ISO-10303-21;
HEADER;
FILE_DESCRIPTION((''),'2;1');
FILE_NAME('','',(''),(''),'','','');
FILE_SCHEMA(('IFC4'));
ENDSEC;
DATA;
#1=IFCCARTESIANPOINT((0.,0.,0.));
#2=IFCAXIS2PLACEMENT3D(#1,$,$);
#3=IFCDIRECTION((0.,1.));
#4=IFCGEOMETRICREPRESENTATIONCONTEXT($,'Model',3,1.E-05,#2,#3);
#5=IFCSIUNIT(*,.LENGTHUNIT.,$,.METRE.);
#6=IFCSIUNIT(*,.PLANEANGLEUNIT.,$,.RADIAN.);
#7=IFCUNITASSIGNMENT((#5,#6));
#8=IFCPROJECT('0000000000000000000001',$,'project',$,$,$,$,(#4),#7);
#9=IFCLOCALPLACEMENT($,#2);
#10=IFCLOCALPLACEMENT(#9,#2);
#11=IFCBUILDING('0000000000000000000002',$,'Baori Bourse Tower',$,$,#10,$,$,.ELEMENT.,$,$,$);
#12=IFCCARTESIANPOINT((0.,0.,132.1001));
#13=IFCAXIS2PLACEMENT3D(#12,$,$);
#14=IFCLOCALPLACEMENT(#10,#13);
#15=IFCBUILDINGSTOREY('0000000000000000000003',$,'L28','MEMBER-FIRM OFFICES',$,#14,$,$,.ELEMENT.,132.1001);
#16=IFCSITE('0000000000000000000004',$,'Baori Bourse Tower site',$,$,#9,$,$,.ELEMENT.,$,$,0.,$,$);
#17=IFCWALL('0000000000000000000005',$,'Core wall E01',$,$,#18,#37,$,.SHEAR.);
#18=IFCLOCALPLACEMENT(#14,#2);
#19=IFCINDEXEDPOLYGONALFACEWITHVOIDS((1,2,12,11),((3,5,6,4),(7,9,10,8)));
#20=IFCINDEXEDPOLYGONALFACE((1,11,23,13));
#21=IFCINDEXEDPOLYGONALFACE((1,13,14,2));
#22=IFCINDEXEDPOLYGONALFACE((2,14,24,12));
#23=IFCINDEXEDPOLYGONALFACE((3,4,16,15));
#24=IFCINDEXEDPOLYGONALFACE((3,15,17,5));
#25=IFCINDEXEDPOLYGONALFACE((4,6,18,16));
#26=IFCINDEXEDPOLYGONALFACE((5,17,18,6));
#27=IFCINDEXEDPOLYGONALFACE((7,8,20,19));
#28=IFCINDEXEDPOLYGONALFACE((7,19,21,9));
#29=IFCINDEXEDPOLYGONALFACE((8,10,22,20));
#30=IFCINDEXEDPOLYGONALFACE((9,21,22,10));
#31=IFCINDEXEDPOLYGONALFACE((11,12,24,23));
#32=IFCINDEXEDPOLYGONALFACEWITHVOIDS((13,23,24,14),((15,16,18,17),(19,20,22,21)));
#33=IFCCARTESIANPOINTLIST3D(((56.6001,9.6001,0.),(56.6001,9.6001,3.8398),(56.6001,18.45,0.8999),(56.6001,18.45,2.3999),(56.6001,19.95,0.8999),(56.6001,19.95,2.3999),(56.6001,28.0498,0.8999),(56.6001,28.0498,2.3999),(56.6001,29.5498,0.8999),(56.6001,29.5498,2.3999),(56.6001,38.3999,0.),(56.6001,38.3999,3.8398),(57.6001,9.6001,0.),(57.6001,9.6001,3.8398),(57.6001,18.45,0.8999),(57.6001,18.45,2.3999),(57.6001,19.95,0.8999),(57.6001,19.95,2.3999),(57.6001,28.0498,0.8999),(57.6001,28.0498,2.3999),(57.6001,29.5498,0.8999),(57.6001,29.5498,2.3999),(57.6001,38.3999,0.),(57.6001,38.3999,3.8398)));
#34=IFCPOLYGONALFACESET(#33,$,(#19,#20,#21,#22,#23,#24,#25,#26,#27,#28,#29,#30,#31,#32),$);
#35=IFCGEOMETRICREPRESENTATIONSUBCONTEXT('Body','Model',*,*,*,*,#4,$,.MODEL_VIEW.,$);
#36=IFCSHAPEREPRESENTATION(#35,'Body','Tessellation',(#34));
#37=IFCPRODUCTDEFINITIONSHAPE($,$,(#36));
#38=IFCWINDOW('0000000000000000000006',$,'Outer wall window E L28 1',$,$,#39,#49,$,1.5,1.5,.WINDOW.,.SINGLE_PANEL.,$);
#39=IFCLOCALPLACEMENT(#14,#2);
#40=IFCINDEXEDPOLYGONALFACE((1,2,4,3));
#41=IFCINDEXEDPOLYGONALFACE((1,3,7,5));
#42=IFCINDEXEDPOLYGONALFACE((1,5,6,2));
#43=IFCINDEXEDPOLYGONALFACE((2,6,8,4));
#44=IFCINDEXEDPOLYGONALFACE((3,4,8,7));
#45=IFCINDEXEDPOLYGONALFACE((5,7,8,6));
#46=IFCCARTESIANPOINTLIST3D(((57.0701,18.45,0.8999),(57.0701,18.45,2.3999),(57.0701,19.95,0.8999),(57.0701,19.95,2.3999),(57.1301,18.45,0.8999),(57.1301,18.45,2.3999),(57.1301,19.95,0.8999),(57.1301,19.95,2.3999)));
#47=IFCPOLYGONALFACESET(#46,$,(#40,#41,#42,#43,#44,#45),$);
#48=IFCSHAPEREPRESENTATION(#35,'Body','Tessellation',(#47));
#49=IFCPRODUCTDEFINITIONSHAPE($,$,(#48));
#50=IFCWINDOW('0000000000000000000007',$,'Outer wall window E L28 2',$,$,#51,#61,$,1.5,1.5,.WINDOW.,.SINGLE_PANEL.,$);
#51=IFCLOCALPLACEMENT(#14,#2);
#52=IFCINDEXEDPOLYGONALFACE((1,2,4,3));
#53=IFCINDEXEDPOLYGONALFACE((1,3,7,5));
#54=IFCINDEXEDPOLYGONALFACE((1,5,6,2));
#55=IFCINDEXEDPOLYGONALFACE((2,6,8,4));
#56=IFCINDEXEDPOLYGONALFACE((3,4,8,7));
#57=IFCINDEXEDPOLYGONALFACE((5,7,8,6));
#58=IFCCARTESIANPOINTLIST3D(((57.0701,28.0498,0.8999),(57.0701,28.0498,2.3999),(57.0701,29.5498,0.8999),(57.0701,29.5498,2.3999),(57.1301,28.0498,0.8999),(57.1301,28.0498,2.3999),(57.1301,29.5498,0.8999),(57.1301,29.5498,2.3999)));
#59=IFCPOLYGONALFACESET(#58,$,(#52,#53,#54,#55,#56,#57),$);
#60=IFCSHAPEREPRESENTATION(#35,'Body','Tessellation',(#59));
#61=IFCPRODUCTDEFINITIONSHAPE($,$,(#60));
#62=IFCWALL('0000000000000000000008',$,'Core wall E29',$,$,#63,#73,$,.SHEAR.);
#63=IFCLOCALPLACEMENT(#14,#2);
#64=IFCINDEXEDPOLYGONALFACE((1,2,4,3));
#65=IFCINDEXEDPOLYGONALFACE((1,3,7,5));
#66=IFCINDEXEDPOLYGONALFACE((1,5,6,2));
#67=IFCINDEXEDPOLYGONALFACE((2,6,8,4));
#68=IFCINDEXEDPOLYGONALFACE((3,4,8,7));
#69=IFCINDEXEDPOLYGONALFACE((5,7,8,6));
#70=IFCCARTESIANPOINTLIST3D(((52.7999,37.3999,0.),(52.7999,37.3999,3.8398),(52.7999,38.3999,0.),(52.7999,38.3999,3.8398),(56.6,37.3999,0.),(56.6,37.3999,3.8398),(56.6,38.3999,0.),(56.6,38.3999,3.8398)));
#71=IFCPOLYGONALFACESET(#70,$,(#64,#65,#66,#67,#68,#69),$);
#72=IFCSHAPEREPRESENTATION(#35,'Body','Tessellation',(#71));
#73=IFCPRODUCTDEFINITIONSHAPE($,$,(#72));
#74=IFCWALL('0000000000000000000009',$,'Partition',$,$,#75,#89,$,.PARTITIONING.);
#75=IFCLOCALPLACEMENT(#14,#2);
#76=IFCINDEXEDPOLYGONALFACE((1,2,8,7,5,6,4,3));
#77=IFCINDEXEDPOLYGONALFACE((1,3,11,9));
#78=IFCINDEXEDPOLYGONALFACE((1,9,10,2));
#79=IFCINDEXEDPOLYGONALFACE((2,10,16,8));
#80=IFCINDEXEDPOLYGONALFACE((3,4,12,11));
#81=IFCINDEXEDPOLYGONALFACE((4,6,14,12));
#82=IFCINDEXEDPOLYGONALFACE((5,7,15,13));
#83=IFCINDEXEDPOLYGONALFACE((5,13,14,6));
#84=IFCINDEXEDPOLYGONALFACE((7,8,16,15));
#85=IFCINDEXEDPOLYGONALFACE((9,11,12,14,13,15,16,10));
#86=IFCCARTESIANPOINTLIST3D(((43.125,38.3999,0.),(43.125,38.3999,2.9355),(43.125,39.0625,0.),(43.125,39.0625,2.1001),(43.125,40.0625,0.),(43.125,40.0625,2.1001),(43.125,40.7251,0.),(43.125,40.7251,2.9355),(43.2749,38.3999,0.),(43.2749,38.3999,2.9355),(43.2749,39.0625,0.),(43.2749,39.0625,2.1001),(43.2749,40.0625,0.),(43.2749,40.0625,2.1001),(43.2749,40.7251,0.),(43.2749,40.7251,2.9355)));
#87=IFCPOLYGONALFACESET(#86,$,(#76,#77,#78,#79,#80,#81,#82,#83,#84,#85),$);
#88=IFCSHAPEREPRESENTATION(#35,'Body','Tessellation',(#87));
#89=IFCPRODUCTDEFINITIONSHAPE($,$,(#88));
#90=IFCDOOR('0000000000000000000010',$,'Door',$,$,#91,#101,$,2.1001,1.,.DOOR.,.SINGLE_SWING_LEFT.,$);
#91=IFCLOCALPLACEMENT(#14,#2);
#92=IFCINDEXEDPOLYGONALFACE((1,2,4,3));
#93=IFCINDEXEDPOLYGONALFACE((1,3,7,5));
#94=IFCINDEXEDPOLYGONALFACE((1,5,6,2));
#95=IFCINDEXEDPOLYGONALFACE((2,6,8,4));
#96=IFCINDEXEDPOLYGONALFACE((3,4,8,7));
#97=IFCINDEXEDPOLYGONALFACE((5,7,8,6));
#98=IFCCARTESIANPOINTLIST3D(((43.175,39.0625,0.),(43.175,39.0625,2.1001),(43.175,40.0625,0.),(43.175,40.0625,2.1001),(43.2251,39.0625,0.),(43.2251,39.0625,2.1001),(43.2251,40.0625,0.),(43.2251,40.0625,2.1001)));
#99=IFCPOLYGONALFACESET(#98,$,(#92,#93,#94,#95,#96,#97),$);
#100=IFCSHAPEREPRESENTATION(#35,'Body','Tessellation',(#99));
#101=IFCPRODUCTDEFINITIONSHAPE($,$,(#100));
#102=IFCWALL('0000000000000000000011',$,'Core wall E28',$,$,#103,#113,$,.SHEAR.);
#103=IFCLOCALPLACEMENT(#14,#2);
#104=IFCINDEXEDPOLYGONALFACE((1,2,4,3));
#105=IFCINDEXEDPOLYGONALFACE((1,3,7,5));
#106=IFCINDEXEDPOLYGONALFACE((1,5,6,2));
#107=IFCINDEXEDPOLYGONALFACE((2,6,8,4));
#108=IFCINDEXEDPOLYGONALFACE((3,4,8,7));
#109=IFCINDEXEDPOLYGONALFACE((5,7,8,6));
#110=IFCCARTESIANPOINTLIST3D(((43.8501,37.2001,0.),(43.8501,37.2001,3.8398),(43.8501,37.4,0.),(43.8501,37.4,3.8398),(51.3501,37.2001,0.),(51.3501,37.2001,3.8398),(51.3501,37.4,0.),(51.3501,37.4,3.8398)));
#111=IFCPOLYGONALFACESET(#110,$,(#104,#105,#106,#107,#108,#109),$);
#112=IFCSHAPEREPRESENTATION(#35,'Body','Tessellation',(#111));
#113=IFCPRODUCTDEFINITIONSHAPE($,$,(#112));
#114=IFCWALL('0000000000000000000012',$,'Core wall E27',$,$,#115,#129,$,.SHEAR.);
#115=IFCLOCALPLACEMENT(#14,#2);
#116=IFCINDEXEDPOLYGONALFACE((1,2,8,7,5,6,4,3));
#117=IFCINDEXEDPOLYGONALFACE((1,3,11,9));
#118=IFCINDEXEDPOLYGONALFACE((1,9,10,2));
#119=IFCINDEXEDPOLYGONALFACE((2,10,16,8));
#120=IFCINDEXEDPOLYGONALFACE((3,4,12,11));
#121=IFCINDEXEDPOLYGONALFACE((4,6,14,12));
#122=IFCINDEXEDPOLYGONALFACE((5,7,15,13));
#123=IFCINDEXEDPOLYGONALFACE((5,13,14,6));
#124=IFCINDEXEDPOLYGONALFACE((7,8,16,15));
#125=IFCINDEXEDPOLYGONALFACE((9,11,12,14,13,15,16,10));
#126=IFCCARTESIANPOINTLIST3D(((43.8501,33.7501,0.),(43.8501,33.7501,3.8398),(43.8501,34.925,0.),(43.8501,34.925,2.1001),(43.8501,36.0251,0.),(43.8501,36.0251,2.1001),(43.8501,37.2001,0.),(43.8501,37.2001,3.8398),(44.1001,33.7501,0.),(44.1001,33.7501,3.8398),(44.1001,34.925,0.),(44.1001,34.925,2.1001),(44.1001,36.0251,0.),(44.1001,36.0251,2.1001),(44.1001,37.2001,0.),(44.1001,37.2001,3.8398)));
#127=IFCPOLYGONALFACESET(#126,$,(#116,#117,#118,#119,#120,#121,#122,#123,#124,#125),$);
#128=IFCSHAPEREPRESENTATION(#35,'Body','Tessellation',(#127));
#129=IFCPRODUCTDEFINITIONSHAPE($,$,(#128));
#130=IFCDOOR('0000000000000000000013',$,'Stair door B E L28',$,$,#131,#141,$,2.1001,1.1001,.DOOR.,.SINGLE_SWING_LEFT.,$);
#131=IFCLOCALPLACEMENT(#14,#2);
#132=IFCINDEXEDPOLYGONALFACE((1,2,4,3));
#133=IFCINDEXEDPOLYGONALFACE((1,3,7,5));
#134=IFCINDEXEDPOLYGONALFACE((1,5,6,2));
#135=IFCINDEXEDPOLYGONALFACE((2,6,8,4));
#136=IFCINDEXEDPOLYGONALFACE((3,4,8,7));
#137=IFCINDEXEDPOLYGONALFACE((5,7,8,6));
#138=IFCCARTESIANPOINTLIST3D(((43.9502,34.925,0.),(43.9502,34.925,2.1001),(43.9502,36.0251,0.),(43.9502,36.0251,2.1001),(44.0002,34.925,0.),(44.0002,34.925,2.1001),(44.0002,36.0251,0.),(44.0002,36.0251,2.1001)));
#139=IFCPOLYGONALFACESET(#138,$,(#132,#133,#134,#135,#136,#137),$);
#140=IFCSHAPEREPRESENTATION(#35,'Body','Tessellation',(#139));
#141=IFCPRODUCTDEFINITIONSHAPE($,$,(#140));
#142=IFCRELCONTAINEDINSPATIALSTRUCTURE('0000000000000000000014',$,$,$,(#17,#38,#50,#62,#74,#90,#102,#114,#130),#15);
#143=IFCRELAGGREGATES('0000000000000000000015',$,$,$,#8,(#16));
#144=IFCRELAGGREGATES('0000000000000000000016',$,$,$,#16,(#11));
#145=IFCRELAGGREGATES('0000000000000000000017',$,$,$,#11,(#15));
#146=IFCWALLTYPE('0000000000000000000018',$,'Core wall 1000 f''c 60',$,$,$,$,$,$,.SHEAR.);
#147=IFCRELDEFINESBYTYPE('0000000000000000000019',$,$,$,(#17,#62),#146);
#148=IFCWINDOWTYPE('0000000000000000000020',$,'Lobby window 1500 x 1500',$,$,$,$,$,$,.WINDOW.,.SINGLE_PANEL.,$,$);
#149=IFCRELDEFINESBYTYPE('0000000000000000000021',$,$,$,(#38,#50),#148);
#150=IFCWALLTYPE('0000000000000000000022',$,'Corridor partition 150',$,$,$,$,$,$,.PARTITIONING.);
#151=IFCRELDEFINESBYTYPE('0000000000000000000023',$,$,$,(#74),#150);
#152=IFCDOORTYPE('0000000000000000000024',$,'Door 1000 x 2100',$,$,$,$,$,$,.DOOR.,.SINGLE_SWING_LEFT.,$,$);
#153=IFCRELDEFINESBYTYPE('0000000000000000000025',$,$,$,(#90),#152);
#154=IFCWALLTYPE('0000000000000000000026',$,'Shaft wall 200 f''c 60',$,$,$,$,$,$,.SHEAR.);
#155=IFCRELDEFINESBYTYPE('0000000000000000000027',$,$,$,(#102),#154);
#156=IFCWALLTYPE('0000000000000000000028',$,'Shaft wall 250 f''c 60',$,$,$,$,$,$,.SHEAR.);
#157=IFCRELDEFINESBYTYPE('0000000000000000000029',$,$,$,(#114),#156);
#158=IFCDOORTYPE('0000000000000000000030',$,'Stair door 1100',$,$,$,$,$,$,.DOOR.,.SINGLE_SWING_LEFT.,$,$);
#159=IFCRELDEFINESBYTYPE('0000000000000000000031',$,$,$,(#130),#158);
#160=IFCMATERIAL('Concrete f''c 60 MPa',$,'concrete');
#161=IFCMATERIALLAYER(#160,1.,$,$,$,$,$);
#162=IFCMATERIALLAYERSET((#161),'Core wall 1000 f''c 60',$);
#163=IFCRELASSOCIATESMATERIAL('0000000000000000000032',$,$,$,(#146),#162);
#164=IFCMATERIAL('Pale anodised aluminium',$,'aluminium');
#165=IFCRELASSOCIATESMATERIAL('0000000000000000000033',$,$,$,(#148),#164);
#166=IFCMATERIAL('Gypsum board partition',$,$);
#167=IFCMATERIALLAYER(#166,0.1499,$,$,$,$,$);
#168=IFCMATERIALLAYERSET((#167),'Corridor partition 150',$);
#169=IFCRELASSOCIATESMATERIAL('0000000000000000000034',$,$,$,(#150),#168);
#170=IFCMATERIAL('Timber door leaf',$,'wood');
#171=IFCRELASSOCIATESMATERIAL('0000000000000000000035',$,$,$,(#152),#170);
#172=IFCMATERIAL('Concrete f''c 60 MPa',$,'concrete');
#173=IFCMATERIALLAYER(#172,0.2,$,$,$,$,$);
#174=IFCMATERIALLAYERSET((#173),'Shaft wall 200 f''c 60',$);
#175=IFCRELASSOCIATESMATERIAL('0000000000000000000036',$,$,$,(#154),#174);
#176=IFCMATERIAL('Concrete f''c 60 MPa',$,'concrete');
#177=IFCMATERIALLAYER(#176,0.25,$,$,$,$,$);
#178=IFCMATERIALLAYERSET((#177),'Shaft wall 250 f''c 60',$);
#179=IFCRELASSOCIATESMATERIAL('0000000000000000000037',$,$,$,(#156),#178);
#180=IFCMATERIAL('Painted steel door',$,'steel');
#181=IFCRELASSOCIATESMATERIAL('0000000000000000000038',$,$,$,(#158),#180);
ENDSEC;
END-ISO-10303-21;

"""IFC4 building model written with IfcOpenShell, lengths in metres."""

from ifc_helpers import new_model, si_unit, direction, frame, frame_2d, origin, place, context, subcontext, project, spatial, rectangle, extrude, material, layer, layer_set, type_object, element, fill, save


model = new_model("IFC4")

# Units and contexts
model_context = context("Model", 3, precision=1e-05, world=origin(), true_north=direction((0.0, 1.0)))
body_context = subcontext(model_context, "Body", "Model", "MODEL_VIEW")
ifc_project = project(units=[si_unit("LENGTHUNIT", "METRE"), si_unit("PLANEANGLEUNIT", "RADIAN")], contexts=[model_context])

# Site, building, storey
site_placement = place(None, origin())
site = spatial("IfcSite", under=ifc_project, at=site_placement, Name="Baori Bourse Tower site", CompositionType="ELEMENT", RefElevation=0.0)
building_placement = place(site_placement, origin())
building = spatial("IfcBuilding", under=site, at=building_placement, Name="Baori Bourse Tower", CompositionType="ELEMENT")
storey_placement = place(building_placement, frame((0.0, 0.0, 132.1001)))
storey = spatial("IfcBuildingStorey", under=building, at=storey_placement, Name="L28", Description="MEMBER-FIRM OFFICES", CompositionType="ELEMENT", Elevation=132.1001)

# Wall, openings, windows
ifc_material_1 = material(Name="Concrete f'c 60 MPa", Category="concrete")
ifc_layer_1 = layer(ifc_material_1, 1.0)
ifc_layer_set_1 = layer_set([ifc_layer_1], Name="Core wall 1000 f'c 60")
wall_type_1 = type_object("IfcWallType", Name="Core wall 1000 f'c 60", PredefinedType="SHEAR", material=ifc_layer_set_1)
wall_1_placement = place(storey_placement, frame((57.1001, 38.3999, 0.0), z_axis=(0.0, 0.0, 1.0), x_axis=(0.0, -1.0, 0.0)))
wall_1 = element("IfcWall", 1, at=wall_1_placement, inside=storey, type_object=wall_type_1, Name="Core wall E01", PredefinedType="SHEAR", context=body_context, shape_type="SweptSolid", body=[
    extrude(rectangle(XDim=28.7998, YDim=1.0, at=frame_2d((14.3999, 0.0))), origin(), (0.0, 0.0, 1.0), 3.8398),
])
opening_1_placement = place(wall_1_placement, frame((18.45, 0.0, 0.8999)))
opening_1 = element("IfcOpeningElement", 2, at=opening_1_placement, cuts=wall_1, PredefinedType="OPENING", context=body_context, shape_type="SweptSolid", body=[
    extrude(rectangle(XDim=1.5, YDim=1.5, at=frame_2d((0.75, 0.75))), frame((0.0, 0.51, 0.0), z_axis=(0.0, -1.0, 0.0), x_axis=(1.0, 0.0, 0.0)), (0.0, 0.0, 1.0), 1.02),
])
opening_2_placement = place(wall_1_placement, frame((8.8501, 0.0, 0.8999)))
opening_2 = element("IfcOpeningElement", 3, at=opening_2_placement, cuts=wall_1, PredefinedType="OPENING", context=body_context, shape_type="SweptSolid", body=[
    extrude(rectangle(XDim=1.5, YDim=1.5, at=frame_2d((0.75, 0.75))), frame((0.0, 0.51, 0.0), z_axis=(0.0, -1.0, 0.0), x_axis=(1.0, 0.0, 0.0)), (0.0, 0.0, 1.0), 1.02),
])
ifc_material_2 = material(Name="Pale anodised aluminium", Category="aluminium")
window_type = type_object("IfcWindowType", Name="Lobby window 1500 x 1500", PartitioningType="SINGLE_PANEL", PredefinedType="WINDOW", material=ifc_material_2)
window_1_placement = place(opening_1_placement, origin())
window_1 = element("IfcWindow", 4, at=window_1_placement, inside=storey, type_object=window_type, Name="Outer wall window E L28 1", OverallHeight=1.5, OverallWidth=1.5, PartitioningType="SINGLE_PANEL", PredefinedType="WINDOW", context=body_context, shape_type="SweptSolid", body=[
    extrude(rectangle(XDim=1.5, YDim=1.5, at=frame_2d((0.75, 0.75))), frame((0.0, 0.03, 0.0), z_axis=(0.0, -1.0, 0.0), x_axis=(1.0, 0.0, 0.0)), (0.0, 0.0, 1.0), 0.0601),
])
fill(opening_1, window_1)
window_2_placement = place(opening_2_placement, origin())
window_2 = element("IfcWindow", 5, at=window_2_placement, inside=storey, type_object=window_type, Name="Outer wall window E L28 2", OverallHeight=1.5, OverallWidth=1.5, PartitioningType="SINGLE_PANEL", PredefinedType="WINDOW", context=body_context, shape_type="SweptSolid", body=[
    extrude(rectangle(XDim=1.5, YDim=1.5, at=frame_2d((0.75, 0.75))), frame((0.0, 0.03, 0.0), z_axis=(0.0, -1.0, 0.0), x_axis=(1.0, 0.0, 0.0)), (0.0, 0.0, 1.0), 0.0601),
])
fill(opening_2, window_2)

# Wall
wall_2_placement = place(storey_placement, frame((52.8, 37.8999, 0.0), z_axis=(0.0, 0.0, 1.0), x_axis=(1.0, 0.0, 0.0)))
element("IfcWall", 6, at=wall_2_placement, inside=storey, type_object=wall_type_1, Name="Core wall E29", PredefinedType="SHEAR", context=body_context, shape_type="SweptSolid", body=[
    extrude(rectangle(XDim=3.8, YDim=1.0, at=frame_2d((1.8999, 0.0))), origin(), (0.0, 0.0, 1.0), 3.8398),
])

# Wall, opening, door
ifc_material_3 = material(Name="Gypsum board partition")
ifc_layer_2 = layer(ifc_material_3, 0.1499)
ifc_layer_set_2 = layer_set([ifc_layer_2], Name="Corridor partition 150")
wall_type_2 = type_object("IfcWallType", Name="Corridor partition 150", PredefinedType="PARTITIONING", material=ifc_layer_set_2)
wall_3_placement = place(storey_placement, frame((43.2, 38.3999, 0.0), z_axis=(0.0, 0.0, 1.0), x_axis=(0.0, 1.0, 0.0)))
wall_3 = element("IfcWall", 7, at=wall_3_placement, inside=storey, type_object=wall_type_2, Name="Partition", PredefinedType="PARTITIONING", context=body_context, shape_type="SweptSolid", body=[
    extrude(rectangle(XDim=2.3252, YDim=0.1499, at=frame_2d((1.1626, 0.0))), origin(), (0.0, 0.0, 1.0), 2.9355),
])
opening_3_placement = place(wall_3_placement, frame((0.6626, 0.0, 0.0)))
opening_3 = element("IfcOpeningElement", 8, at=opening_3_placement, cuts=wall_3, PredefinedType="OPENING", context=body_context, shape_type="SweptSolid", body=[
    extrude(rectangle(XDim=1.0, YDim=2.1001, at=frame_2d((0.5, 1.05))), frame((0.0, 0.085, 0.0), z_axis=(0.0, -1.0, 0.0), x_axis=(1.0, 0.0, 0.0)), (0.0, 0.0, 1.0), 0.1699),
])
ifc_material_4 = material(Name="Timber door leaf", Category="wood")
door_type_1 = type_object("IfcDoorType", Name="Door 1000 x 2100", OperationType="SINGLE_SWING_LEFT", PredefinedType="DOOR", material=ifc_material_4)
door_1_placement = place(opening_3_placement, origin())
door_1 = element("IfcDoor", 9, at=door_1_placement, inside=storey, type_object=door_type_1, Name="Door", OperationType="SINGLE_SWING_LEFT", OverallHeight=2.1001, OverallWidth=1.0, PredefinedType="DOOR", context=body_context, shape_type="SweptSolid", body=[
    extrude(rectangle(XDim=1.0, YDim=2.1001, at=frame_2d((0.5, 1.05))), frame((0.0, 0.0249, 0.0), z_axis=(0.0, -1.0, 0.0), x_axis=(1.0, 0.0, 0.0)), (0.0, 0.0, 1.0), 0.05),
])
fill(opening_3, door_1)

# Wall
ifc_material_5 = material(Name="Concrete f'c 60 MPa", Category="concrete")
ifc_layer_3 = layer(ifc_material_5, 0.2)
ifc_layer_set_3 = layer_set([ifc_layer_3], Name="Shaft wall 200 f'c 60")
wall_type_3 = type_object("IfcWallType", Name="Shaft wall 200 f'c 60", PredefinedType="SHEAR", material=ifc_layer_set_3)
wall_4_placement = place(storey_placement, frame((43.8501, 37.3, 0.0), z_axis=(0.0, 0.0, 1.0), x_axis=(1.0, 0.0, 0.0)))
element("IfcWall", 10, at=wall_4_placement, inside=storey, type_object=wall_type_3, Name="Core wall E28", PredefinedType="SHEAR", context=body_context, shape_type="SweptSolid", body=[
    extrude(rectangle(XDim=7.5, YDim=0.2, at=frame_2d((3.75, 0.0))), origin(), (0.0, 0.0, 1.0), 3.8398),
])

# Wall, opening, door
ifc_material_6 = material(Name="Concrete f'c 60 MPa", Category="concrete")
ifc_layer_4 = layer(ifc_material_6, 0.25)
ifc_layer_set_4 = layer_set([ifc_layer_4], Name="Shaft wall 250 f'c 60")
wall_type_4 = type_object("IfcWallType", Name="Shaft wall 250 f'c 60", PredefinedType="SHEAR", material=ifc_layer_set_4)
wall_5_placement = place(storey_placement, frame((43.9751, 33.75, 0.0), z_axis=(0.0, 0.0, 1.0), x_axis=(0.0, 1.0, 0.0)))
wall_5 = element("IfcWall", 11, at=wall_5_placement, inside=storey, type_object=wall_type_4, Name="Core wall E27", PredefinedType="SHEAR", context=body_context, shape_type="SweptSolid", body=[
    extrude(rectangle(XDim=3.45, YDim=0.25, at=frame_2d((1.7251, 0.0))), origin(), (0.0, 0.0, 1.0), 3.8398),
])
opening_4_placement = place(wall_5_placement, frame((1.175, 0.0, 0.0)))
opening_4 = element("IfcOpeningElement", 12, at=opening_4_placement, cuts=wall_5, PredefinedType="OPENING", context=body_context, shape_type="SweptSolid", body=[
    extrude(rectangle(XDim=1.1001, YDim=2.1001, at=frame_2d((0.55, 1.05))), frame((0.0, 0.135, 0.0), z_axis=(0.0, -1.0, 0.0), x_axis=(1.0, 0.0, 0.0)), (0.0, 0.0, 1.0), 0.27),
])
ifc_material_7 = material(Name="Painted steel door", Category="steel")
door_type_2 = type_object("IfcDoorType", Name="Stair door 1100", OperationType="SINGLE_SWING_LEFT", PredefinedType="DOOR", material=ifc_material_7)
door_2_placement = place(opening_4_placement, origin())
door_2 = element("IfcDoor", 13, at=door_2_placement, inside=storey, type_object=door_type_2, Name="Stair door B E L28", OperationType="SINGLE_SWING_LEFT", OverallHeight=2.1001, OverallWidth=1.1001, PredefinedType="DOOR", context=body_context, shape_type="SweptSolid", body=[
    extrude(rectangle(XDim=1.1001, YDim=2.1001, at=frame_2d((0.55, 1.05))), frame((0.0, 0.0249, 0.0), z_axis=(0.0, -1.0, 0.0), x_axis=(1.0, 0.0, 0.0)), (0.0, 0.0, 1.0), 0.05),
])
fill(opening_4, door_2)

save(model, "model.ifc")
